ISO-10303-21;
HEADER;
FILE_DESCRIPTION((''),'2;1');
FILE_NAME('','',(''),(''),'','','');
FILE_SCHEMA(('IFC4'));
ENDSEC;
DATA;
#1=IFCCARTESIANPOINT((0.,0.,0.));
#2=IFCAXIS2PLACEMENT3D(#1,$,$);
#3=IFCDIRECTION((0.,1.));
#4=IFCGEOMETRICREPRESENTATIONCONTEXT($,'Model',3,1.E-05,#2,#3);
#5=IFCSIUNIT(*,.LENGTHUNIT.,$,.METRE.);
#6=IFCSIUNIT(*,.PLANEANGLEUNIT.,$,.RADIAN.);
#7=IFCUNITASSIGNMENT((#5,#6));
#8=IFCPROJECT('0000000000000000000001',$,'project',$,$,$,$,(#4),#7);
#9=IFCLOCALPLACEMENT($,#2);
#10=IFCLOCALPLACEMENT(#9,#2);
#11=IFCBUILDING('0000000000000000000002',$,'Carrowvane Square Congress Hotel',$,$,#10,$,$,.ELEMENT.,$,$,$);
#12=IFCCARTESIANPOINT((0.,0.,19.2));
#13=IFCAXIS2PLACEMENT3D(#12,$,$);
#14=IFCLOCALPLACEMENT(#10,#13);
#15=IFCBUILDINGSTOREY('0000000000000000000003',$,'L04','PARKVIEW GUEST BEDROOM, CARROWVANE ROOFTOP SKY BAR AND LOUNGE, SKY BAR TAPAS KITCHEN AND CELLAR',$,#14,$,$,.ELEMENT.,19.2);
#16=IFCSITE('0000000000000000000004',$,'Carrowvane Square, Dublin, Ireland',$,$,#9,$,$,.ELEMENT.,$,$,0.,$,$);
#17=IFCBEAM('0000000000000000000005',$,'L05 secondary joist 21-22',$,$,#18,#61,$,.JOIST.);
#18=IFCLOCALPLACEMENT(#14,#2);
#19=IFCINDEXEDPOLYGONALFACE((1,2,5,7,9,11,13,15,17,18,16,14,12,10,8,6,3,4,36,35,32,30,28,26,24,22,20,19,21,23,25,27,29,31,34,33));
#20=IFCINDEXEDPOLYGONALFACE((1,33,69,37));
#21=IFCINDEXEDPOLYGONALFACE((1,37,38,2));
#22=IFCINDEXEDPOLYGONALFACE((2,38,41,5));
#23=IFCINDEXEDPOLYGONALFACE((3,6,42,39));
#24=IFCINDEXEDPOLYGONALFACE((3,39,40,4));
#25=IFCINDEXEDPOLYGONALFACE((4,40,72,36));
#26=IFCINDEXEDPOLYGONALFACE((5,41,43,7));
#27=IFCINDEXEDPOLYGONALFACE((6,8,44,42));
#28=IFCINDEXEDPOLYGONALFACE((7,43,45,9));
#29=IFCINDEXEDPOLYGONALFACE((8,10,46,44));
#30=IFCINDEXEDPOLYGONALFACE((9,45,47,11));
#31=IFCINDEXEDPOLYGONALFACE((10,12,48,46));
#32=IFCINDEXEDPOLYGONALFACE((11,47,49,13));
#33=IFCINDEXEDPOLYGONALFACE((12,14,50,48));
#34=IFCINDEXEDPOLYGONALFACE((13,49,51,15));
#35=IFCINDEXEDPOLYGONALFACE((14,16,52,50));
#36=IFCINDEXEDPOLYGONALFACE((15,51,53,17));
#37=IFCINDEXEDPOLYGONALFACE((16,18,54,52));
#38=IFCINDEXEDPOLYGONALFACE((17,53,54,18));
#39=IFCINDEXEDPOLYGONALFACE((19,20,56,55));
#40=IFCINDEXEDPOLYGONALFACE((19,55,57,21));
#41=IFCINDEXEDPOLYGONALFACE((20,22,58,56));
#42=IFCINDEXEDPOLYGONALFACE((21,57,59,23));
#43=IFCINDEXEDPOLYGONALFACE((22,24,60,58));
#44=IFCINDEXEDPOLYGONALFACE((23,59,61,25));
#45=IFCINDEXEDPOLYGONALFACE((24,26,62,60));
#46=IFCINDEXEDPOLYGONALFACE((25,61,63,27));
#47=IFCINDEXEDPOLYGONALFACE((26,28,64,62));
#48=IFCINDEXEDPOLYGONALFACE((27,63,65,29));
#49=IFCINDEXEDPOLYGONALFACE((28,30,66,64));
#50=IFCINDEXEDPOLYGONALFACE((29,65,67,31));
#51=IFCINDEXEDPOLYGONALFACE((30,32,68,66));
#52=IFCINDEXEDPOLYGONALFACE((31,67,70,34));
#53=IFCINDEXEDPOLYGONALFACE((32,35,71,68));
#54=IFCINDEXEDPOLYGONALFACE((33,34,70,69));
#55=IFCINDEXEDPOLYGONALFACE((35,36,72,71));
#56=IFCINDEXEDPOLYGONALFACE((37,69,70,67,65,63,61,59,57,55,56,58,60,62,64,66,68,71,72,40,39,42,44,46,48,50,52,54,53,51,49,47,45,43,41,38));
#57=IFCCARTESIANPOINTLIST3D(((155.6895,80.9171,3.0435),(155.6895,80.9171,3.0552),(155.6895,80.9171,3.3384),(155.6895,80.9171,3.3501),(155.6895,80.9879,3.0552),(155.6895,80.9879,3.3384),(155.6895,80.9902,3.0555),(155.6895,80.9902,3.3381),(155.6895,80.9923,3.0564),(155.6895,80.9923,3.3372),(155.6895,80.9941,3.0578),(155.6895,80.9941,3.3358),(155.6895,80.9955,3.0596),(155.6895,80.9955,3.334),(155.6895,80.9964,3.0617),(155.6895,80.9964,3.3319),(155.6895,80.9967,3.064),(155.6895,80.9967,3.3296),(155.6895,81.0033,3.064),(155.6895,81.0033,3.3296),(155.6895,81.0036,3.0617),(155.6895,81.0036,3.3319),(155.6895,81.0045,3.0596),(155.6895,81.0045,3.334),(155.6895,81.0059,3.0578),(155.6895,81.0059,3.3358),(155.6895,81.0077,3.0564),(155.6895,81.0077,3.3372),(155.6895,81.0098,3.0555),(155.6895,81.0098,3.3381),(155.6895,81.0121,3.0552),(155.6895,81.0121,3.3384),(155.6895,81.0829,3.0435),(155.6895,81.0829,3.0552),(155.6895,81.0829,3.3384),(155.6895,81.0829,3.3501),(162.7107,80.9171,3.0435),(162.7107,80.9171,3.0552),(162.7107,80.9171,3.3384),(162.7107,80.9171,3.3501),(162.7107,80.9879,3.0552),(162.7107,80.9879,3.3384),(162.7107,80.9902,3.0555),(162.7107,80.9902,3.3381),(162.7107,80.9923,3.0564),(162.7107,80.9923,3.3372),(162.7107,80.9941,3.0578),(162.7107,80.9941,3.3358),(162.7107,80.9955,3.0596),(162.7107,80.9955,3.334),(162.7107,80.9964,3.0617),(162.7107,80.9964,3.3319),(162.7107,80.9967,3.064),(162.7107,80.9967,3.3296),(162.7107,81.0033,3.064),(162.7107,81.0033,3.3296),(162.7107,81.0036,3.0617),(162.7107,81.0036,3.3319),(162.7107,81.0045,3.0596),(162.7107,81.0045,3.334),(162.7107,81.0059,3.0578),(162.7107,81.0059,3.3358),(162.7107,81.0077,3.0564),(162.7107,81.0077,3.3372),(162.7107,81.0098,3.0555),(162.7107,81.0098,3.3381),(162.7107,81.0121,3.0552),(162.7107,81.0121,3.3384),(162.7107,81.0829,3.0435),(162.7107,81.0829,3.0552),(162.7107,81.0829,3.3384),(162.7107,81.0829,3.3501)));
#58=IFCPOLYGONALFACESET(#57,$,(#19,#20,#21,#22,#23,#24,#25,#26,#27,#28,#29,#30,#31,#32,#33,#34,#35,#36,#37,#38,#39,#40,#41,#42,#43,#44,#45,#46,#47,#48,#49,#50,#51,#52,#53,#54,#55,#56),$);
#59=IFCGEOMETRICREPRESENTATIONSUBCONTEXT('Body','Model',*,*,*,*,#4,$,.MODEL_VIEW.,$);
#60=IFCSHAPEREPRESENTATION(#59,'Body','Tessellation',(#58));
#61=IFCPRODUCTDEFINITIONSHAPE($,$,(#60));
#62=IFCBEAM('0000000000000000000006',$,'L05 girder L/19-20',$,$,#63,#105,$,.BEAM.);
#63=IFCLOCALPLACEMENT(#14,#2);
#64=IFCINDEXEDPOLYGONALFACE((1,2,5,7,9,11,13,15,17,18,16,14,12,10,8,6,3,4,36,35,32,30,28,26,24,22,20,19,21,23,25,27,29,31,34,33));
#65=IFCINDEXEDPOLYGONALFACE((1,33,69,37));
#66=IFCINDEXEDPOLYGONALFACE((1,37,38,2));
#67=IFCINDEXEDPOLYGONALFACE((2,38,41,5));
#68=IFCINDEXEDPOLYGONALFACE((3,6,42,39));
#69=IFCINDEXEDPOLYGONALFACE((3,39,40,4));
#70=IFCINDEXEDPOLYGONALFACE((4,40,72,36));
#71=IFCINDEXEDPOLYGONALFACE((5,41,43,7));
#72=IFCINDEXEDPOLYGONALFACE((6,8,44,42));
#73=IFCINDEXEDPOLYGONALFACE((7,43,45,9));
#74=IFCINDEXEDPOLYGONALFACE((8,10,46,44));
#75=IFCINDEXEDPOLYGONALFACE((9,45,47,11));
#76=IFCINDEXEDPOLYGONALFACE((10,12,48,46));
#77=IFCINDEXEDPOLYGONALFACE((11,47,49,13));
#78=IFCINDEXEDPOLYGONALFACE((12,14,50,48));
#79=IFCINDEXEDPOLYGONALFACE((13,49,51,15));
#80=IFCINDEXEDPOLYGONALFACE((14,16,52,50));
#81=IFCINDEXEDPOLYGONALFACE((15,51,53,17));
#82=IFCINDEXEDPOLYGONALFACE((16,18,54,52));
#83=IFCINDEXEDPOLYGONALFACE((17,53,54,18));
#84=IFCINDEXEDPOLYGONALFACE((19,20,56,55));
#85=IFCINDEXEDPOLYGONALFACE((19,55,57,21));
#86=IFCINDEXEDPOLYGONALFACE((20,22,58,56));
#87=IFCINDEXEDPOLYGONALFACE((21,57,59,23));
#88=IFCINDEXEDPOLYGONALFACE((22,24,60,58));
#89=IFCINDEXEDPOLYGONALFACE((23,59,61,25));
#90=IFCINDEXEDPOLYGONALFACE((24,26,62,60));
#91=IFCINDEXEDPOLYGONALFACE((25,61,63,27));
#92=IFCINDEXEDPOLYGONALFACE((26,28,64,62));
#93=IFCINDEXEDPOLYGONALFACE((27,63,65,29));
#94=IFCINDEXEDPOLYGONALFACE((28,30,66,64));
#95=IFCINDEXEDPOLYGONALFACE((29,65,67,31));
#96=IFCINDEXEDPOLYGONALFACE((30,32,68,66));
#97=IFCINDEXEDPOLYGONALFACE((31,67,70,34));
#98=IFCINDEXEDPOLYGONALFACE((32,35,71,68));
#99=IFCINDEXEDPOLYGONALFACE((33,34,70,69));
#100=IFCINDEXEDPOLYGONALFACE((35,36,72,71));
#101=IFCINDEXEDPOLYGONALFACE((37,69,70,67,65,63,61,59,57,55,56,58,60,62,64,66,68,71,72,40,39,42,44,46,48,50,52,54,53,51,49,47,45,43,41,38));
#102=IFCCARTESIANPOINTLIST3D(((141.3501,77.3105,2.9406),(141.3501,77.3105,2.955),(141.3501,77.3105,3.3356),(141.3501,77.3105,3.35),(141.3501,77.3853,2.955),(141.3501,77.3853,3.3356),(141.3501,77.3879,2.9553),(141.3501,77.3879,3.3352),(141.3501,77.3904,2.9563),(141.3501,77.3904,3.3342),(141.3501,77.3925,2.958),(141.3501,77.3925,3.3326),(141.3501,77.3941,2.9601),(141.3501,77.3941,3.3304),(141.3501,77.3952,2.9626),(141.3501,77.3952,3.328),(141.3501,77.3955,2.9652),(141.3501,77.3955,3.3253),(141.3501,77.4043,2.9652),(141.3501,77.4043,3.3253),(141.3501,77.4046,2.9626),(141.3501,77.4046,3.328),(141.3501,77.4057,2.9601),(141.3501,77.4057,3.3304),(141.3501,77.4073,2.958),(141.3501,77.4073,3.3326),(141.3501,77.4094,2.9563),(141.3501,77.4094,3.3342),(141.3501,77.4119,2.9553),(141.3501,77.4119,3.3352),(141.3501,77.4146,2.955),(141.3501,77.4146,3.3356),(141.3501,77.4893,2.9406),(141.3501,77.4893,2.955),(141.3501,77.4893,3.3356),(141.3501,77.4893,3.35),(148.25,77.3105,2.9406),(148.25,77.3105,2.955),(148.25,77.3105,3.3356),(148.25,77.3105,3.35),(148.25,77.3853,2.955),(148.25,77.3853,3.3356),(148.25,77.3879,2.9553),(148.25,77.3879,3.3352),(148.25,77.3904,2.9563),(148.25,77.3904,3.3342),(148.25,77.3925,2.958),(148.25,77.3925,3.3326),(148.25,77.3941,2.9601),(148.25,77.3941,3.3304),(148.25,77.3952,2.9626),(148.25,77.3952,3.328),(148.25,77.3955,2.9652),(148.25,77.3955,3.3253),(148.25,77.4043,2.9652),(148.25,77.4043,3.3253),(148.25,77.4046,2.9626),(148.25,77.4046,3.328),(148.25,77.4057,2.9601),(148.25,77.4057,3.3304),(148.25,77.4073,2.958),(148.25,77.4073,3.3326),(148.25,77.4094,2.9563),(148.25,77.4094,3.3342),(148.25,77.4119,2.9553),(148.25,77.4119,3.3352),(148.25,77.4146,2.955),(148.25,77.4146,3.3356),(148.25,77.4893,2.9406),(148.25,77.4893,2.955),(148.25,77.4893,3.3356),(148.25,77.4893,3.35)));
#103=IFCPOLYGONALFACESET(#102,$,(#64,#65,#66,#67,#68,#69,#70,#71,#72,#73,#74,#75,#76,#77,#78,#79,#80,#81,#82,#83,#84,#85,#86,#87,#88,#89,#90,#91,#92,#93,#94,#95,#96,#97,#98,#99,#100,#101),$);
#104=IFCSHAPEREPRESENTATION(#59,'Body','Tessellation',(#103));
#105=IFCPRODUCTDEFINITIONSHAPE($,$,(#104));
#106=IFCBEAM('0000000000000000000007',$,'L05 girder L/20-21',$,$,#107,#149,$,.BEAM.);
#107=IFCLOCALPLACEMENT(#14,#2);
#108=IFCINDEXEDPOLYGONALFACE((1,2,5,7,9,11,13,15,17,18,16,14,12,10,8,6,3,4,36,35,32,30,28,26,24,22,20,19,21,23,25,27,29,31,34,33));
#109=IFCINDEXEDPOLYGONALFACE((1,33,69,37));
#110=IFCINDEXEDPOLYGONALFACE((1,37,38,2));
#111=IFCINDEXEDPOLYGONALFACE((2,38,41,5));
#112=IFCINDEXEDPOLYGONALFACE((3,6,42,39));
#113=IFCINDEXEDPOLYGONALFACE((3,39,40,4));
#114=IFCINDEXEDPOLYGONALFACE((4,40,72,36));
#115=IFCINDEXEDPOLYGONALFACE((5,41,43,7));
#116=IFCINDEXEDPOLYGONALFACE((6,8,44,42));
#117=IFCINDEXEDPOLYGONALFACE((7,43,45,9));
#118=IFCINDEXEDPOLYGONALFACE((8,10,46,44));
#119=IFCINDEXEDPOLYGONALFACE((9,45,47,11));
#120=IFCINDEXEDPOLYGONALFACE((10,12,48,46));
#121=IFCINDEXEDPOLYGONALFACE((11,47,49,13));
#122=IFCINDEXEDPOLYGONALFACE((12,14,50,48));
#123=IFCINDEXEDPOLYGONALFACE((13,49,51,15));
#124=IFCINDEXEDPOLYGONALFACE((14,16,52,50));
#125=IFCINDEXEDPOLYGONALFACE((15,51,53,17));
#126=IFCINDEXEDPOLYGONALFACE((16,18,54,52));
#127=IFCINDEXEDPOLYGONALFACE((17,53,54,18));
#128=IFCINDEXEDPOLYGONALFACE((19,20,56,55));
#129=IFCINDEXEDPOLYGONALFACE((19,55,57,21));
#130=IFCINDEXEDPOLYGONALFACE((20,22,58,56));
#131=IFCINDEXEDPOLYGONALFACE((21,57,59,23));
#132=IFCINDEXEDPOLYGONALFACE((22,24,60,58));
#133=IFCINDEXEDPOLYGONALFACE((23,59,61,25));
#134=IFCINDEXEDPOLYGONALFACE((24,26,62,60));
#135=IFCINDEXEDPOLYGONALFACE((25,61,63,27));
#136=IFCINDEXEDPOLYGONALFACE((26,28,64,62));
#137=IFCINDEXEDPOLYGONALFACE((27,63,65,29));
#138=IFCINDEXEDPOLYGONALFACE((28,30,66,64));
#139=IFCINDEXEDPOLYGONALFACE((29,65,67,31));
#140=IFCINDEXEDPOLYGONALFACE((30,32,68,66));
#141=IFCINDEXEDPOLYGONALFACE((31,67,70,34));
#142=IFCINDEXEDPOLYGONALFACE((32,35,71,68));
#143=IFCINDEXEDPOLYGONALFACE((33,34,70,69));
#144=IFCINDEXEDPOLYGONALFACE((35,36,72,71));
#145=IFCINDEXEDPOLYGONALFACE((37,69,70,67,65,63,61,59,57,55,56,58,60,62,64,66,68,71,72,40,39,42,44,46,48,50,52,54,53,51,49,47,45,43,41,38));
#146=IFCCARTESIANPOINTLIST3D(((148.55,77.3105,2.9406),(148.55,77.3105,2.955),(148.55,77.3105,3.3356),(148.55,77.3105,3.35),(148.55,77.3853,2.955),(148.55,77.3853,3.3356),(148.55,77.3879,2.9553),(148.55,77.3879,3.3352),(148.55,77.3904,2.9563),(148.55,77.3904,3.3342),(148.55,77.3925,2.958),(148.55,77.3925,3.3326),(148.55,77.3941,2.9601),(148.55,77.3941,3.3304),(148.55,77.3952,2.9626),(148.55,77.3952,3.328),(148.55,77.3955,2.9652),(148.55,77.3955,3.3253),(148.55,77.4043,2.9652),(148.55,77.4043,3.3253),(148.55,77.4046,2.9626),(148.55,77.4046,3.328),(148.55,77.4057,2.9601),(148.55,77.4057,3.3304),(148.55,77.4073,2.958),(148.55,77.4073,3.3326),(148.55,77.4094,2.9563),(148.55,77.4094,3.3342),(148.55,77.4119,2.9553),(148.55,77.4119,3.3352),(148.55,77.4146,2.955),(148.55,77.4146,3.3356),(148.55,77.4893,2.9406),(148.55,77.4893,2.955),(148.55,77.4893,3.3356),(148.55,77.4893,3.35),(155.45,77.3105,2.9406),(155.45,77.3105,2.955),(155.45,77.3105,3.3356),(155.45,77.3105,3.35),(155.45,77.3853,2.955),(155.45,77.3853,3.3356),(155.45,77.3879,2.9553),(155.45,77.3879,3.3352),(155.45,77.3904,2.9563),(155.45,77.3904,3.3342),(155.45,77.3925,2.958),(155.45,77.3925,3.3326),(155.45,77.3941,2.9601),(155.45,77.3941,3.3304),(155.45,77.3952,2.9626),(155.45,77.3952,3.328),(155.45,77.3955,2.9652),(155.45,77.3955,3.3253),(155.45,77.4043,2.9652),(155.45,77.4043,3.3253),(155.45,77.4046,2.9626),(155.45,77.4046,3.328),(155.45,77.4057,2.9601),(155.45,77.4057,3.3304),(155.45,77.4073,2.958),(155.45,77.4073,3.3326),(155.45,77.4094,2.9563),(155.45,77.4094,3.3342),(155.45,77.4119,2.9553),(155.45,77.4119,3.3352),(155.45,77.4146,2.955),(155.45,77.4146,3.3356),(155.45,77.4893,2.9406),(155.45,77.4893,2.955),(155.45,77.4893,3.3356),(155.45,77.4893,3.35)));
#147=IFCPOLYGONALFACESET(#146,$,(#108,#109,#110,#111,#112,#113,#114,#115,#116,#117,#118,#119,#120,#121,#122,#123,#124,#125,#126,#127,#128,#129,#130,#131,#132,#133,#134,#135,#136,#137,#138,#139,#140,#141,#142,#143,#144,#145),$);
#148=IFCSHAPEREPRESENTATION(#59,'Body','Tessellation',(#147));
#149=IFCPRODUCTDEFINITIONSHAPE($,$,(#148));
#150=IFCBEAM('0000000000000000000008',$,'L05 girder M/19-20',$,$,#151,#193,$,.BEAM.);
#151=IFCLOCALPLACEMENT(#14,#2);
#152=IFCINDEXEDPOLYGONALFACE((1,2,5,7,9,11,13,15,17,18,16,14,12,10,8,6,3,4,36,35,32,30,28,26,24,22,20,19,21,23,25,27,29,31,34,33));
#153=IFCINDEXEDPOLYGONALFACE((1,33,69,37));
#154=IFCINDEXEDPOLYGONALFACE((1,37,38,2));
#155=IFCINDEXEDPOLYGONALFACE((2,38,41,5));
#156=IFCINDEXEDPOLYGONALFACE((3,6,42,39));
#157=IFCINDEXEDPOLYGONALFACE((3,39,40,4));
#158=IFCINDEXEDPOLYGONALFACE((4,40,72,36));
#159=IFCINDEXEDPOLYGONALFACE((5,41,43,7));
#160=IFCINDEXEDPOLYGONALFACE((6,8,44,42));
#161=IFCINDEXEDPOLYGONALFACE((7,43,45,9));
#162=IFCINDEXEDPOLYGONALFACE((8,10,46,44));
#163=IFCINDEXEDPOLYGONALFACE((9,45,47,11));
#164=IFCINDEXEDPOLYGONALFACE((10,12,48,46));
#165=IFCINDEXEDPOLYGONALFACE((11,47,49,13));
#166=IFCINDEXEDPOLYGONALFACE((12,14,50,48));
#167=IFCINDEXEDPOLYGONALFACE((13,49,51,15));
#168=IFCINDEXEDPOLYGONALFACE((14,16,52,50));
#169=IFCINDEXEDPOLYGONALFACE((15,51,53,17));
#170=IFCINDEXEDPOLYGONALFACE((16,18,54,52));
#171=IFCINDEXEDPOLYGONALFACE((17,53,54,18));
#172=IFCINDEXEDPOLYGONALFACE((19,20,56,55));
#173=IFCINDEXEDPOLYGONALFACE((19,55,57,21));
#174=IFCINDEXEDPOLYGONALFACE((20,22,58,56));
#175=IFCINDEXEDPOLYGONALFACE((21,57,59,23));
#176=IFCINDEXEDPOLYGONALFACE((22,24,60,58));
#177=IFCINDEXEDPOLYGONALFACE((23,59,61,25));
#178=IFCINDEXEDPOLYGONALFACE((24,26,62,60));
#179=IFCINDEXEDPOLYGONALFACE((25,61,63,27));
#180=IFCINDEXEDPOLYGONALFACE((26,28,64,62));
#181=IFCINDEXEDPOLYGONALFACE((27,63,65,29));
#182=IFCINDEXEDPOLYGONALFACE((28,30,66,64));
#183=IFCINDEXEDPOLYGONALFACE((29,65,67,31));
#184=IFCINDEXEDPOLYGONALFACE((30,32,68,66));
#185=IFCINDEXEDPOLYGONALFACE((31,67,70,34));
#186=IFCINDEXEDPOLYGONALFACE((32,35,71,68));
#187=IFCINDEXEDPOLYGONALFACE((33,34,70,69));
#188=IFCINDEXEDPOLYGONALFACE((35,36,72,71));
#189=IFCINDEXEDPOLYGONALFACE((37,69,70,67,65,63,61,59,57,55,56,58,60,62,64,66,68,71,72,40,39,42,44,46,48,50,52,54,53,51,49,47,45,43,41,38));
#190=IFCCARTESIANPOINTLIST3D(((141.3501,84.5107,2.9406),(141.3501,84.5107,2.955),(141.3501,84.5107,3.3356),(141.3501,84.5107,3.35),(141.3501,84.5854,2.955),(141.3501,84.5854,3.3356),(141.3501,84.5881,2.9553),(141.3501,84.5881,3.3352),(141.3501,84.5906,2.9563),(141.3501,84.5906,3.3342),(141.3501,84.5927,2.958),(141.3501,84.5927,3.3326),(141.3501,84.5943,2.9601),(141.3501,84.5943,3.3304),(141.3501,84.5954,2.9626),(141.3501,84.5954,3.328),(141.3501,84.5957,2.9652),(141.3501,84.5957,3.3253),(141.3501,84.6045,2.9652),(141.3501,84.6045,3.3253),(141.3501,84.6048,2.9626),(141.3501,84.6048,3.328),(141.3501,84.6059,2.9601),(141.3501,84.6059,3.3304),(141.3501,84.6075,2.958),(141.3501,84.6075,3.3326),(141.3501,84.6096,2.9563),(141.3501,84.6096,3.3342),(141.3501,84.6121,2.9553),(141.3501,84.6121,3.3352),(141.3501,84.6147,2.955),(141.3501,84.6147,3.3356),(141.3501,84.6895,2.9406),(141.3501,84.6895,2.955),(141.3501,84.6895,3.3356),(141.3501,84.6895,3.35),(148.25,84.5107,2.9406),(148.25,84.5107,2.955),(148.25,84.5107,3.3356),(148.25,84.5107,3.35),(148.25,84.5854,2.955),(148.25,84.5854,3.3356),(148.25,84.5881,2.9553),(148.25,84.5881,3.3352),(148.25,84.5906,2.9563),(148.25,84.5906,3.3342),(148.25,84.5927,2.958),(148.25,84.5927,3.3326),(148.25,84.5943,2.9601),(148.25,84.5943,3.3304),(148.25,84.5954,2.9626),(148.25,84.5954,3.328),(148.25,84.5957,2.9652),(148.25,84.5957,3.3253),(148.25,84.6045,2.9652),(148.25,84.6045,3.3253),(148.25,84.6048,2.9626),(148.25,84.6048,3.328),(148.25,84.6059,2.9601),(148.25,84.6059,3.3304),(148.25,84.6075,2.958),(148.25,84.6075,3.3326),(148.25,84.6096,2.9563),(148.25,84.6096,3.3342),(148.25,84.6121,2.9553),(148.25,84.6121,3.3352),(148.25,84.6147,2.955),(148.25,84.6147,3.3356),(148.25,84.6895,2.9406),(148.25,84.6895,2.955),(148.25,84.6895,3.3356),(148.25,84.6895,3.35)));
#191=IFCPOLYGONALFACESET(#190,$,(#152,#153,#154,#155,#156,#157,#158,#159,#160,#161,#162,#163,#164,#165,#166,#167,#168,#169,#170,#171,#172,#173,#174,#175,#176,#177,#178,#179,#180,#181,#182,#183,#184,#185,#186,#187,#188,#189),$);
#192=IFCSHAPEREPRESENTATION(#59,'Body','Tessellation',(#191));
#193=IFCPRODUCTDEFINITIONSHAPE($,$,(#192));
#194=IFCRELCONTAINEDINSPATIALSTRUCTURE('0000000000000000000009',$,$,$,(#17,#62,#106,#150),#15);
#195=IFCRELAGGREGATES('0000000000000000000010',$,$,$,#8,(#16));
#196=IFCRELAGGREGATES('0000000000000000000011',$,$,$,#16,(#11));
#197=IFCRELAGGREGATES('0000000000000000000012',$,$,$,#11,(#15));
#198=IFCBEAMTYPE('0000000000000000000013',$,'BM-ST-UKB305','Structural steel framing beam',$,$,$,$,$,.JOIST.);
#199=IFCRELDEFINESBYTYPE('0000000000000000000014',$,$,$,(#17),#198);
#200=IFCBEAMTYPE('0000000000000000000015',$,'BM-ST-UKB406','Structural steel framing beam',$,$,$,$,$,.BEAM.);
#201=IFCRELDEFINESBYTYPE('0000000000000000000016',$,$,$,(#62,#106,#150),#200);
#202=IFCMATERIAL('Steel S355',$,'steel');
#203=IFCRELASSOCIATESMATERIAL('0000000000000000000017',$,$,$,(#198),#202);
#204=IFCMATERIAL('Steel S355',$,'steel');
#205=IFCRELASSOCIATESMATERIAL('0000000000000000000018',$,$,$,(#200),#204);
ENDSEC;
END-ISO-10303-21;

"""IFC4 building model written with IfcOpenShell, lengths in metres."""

from ifc_helpers import new_model, si_unit, direction, frame, origin, origin_2d, place, context, subcontext, project, spatial, i_section, extrude, material, material_profile, profile_set, type_object, element, save


model = new_model("IFC4")

# Units and contexts
model_context = context("Model", 3, precision=1e-05, world=origin(), true_north=direction((0.0, 1.0)))
body_context = subcontext(model_context, "Body", "Model", "MODEL_VIEW")
ifc_project = project(units=[si_unit("LENGTHUNIT", "METRE"), si_unit("PLANEANGLEUNIT", "RADIAN")], contexts=[model_context])

# Site, building, storey
site_placement = place(None, origin())
site = spatial("IfcSite", under=ifc_project, at=site_placement, Name="Carrowvane Square, Dublin, Ireland", CompositionType="ELEMENT", RefElevation=0.0)
building_placement = place(site_placement, origin())
building = spatial("IfcBuilding", under=site, at=building_placement, Name="Carrowvane Square Congress Hotel", CompositionType="ELEMENT")
storey_placement = place(building_placement, frame((0.0, 0.0, 19.2)))
storey = spatial("IfcBuildingStorey", under=building, at=storey_placement, Name="L04", Description="PARKVIEW GUEST BEDROOM, CARROWVANE ROOFTOP SKY BAR AND LOUNGE, SKY BAR TAPAS KITCHEN AND CELLAR", CompositionType="ELEMENT", Elevation=19.2)

# Beams
ifc_material_1 = material(Name="Steel S355", Category="steel")
ifc_material_profile_1 = material_profile(ifc_material_1, i_section(OverallWidth=0.1658, OverallDepth=0.3066, WebThickness=0.0066, FlangeThickness=0.0117, FilletRadius=0.0088, at=origin_2d()), Name="UKB 305x165x46")
ifc_profile_set_1 = profile_set([ifc_material_profile_1], Name="Steel S355")
beam_type_1 = type_object("IfcBeamType", Name="BM-ST-UKB305", Description="Structural steel framing beam", PredefinedType="JOIST", material=ifc_profile_set_1)
beam_1_placement = place(storey_placement, frame((155.6895, 81.0, 3.1968), z_axis=(1.0, 0.0, 0.0), x_axis=(0.0, 1.0, 0.0)))
element("IfcBeam", 1, at=beam_1_placement, inside=storey, type_object=beam_type_1, Name="L05 secondary joist 21-22", PredefinedType="JOIST", context=body_context, shape_type="SweptSolid", body=[
    extrude(i_section(OverallWidth=0.1658, OverallDepth=0.3066, WebThickness=0.0066, FlangeThickness=0.0117, FilletRadius=0.0088, at=origin_2d()), origin(), (0.0, 0.0, 1.0), 7.0212),
])
ifc_material_2 = material(Name="Steel S355", Category="steel")
ifc_material_profile_2 = material_profile(ifc_material_2, i_section(OverallWidth=0.1787, OverallDepth=0.4094, WebThickness=0.0088, FlangeThickness=0.0144, FilletRadius=0.0103, at=origin_2d()), Name="UKB 406x178x67")
ifc_profile_set_2 = profile_set([ifc_material_profile_2], Name="Steel S355")
beam_type_2 = type_object("IfcBeamType", Name="BM-ST-UKB406", Description="Structural steel framing beam", PredefinedType="BEAM", material=ifc_profile_set_2)
for number, where, z_axis, x_axis, name in (
    (2, (141.3501, 77.3999, 3.1453), (1.0, 0.0, 0.0), (0.0, 1.0, 0.0), "L05 girder L/19-20"),
    (3, (148.55, 77.3999, 3.1453), (1.0, 0.0, 0.0), (0.0, 1.0, 0.0), "L05 girder L/20-21"),
    (4, (141.3501, 84.6001, 3.1453), (1.0, 0.0, 0.0), (0.0, 1.0, 0.0), "L05 girder M/19-20"),
):
    element("IfcBeam", number, at=place(storey_placement, frame(where, z_axis=z_axis, x_axis=x_axis)), inside=storey, type_object=beam_type_2, Name=name, PredefinedType="BEAM", context=body_context, shape_type="SweptSolid", body=[
        extrude(i_section(OverallWidth=0.1787, OverallDepth=0.4094, WebThickness=0.0088, FlangeThickness=0.0144, FilletRadius=0.0103, at=origin_2d()), origin(), (0.0, 0.0, 1.0), 6.8999),
    ])

save(model, "model.ifc")
